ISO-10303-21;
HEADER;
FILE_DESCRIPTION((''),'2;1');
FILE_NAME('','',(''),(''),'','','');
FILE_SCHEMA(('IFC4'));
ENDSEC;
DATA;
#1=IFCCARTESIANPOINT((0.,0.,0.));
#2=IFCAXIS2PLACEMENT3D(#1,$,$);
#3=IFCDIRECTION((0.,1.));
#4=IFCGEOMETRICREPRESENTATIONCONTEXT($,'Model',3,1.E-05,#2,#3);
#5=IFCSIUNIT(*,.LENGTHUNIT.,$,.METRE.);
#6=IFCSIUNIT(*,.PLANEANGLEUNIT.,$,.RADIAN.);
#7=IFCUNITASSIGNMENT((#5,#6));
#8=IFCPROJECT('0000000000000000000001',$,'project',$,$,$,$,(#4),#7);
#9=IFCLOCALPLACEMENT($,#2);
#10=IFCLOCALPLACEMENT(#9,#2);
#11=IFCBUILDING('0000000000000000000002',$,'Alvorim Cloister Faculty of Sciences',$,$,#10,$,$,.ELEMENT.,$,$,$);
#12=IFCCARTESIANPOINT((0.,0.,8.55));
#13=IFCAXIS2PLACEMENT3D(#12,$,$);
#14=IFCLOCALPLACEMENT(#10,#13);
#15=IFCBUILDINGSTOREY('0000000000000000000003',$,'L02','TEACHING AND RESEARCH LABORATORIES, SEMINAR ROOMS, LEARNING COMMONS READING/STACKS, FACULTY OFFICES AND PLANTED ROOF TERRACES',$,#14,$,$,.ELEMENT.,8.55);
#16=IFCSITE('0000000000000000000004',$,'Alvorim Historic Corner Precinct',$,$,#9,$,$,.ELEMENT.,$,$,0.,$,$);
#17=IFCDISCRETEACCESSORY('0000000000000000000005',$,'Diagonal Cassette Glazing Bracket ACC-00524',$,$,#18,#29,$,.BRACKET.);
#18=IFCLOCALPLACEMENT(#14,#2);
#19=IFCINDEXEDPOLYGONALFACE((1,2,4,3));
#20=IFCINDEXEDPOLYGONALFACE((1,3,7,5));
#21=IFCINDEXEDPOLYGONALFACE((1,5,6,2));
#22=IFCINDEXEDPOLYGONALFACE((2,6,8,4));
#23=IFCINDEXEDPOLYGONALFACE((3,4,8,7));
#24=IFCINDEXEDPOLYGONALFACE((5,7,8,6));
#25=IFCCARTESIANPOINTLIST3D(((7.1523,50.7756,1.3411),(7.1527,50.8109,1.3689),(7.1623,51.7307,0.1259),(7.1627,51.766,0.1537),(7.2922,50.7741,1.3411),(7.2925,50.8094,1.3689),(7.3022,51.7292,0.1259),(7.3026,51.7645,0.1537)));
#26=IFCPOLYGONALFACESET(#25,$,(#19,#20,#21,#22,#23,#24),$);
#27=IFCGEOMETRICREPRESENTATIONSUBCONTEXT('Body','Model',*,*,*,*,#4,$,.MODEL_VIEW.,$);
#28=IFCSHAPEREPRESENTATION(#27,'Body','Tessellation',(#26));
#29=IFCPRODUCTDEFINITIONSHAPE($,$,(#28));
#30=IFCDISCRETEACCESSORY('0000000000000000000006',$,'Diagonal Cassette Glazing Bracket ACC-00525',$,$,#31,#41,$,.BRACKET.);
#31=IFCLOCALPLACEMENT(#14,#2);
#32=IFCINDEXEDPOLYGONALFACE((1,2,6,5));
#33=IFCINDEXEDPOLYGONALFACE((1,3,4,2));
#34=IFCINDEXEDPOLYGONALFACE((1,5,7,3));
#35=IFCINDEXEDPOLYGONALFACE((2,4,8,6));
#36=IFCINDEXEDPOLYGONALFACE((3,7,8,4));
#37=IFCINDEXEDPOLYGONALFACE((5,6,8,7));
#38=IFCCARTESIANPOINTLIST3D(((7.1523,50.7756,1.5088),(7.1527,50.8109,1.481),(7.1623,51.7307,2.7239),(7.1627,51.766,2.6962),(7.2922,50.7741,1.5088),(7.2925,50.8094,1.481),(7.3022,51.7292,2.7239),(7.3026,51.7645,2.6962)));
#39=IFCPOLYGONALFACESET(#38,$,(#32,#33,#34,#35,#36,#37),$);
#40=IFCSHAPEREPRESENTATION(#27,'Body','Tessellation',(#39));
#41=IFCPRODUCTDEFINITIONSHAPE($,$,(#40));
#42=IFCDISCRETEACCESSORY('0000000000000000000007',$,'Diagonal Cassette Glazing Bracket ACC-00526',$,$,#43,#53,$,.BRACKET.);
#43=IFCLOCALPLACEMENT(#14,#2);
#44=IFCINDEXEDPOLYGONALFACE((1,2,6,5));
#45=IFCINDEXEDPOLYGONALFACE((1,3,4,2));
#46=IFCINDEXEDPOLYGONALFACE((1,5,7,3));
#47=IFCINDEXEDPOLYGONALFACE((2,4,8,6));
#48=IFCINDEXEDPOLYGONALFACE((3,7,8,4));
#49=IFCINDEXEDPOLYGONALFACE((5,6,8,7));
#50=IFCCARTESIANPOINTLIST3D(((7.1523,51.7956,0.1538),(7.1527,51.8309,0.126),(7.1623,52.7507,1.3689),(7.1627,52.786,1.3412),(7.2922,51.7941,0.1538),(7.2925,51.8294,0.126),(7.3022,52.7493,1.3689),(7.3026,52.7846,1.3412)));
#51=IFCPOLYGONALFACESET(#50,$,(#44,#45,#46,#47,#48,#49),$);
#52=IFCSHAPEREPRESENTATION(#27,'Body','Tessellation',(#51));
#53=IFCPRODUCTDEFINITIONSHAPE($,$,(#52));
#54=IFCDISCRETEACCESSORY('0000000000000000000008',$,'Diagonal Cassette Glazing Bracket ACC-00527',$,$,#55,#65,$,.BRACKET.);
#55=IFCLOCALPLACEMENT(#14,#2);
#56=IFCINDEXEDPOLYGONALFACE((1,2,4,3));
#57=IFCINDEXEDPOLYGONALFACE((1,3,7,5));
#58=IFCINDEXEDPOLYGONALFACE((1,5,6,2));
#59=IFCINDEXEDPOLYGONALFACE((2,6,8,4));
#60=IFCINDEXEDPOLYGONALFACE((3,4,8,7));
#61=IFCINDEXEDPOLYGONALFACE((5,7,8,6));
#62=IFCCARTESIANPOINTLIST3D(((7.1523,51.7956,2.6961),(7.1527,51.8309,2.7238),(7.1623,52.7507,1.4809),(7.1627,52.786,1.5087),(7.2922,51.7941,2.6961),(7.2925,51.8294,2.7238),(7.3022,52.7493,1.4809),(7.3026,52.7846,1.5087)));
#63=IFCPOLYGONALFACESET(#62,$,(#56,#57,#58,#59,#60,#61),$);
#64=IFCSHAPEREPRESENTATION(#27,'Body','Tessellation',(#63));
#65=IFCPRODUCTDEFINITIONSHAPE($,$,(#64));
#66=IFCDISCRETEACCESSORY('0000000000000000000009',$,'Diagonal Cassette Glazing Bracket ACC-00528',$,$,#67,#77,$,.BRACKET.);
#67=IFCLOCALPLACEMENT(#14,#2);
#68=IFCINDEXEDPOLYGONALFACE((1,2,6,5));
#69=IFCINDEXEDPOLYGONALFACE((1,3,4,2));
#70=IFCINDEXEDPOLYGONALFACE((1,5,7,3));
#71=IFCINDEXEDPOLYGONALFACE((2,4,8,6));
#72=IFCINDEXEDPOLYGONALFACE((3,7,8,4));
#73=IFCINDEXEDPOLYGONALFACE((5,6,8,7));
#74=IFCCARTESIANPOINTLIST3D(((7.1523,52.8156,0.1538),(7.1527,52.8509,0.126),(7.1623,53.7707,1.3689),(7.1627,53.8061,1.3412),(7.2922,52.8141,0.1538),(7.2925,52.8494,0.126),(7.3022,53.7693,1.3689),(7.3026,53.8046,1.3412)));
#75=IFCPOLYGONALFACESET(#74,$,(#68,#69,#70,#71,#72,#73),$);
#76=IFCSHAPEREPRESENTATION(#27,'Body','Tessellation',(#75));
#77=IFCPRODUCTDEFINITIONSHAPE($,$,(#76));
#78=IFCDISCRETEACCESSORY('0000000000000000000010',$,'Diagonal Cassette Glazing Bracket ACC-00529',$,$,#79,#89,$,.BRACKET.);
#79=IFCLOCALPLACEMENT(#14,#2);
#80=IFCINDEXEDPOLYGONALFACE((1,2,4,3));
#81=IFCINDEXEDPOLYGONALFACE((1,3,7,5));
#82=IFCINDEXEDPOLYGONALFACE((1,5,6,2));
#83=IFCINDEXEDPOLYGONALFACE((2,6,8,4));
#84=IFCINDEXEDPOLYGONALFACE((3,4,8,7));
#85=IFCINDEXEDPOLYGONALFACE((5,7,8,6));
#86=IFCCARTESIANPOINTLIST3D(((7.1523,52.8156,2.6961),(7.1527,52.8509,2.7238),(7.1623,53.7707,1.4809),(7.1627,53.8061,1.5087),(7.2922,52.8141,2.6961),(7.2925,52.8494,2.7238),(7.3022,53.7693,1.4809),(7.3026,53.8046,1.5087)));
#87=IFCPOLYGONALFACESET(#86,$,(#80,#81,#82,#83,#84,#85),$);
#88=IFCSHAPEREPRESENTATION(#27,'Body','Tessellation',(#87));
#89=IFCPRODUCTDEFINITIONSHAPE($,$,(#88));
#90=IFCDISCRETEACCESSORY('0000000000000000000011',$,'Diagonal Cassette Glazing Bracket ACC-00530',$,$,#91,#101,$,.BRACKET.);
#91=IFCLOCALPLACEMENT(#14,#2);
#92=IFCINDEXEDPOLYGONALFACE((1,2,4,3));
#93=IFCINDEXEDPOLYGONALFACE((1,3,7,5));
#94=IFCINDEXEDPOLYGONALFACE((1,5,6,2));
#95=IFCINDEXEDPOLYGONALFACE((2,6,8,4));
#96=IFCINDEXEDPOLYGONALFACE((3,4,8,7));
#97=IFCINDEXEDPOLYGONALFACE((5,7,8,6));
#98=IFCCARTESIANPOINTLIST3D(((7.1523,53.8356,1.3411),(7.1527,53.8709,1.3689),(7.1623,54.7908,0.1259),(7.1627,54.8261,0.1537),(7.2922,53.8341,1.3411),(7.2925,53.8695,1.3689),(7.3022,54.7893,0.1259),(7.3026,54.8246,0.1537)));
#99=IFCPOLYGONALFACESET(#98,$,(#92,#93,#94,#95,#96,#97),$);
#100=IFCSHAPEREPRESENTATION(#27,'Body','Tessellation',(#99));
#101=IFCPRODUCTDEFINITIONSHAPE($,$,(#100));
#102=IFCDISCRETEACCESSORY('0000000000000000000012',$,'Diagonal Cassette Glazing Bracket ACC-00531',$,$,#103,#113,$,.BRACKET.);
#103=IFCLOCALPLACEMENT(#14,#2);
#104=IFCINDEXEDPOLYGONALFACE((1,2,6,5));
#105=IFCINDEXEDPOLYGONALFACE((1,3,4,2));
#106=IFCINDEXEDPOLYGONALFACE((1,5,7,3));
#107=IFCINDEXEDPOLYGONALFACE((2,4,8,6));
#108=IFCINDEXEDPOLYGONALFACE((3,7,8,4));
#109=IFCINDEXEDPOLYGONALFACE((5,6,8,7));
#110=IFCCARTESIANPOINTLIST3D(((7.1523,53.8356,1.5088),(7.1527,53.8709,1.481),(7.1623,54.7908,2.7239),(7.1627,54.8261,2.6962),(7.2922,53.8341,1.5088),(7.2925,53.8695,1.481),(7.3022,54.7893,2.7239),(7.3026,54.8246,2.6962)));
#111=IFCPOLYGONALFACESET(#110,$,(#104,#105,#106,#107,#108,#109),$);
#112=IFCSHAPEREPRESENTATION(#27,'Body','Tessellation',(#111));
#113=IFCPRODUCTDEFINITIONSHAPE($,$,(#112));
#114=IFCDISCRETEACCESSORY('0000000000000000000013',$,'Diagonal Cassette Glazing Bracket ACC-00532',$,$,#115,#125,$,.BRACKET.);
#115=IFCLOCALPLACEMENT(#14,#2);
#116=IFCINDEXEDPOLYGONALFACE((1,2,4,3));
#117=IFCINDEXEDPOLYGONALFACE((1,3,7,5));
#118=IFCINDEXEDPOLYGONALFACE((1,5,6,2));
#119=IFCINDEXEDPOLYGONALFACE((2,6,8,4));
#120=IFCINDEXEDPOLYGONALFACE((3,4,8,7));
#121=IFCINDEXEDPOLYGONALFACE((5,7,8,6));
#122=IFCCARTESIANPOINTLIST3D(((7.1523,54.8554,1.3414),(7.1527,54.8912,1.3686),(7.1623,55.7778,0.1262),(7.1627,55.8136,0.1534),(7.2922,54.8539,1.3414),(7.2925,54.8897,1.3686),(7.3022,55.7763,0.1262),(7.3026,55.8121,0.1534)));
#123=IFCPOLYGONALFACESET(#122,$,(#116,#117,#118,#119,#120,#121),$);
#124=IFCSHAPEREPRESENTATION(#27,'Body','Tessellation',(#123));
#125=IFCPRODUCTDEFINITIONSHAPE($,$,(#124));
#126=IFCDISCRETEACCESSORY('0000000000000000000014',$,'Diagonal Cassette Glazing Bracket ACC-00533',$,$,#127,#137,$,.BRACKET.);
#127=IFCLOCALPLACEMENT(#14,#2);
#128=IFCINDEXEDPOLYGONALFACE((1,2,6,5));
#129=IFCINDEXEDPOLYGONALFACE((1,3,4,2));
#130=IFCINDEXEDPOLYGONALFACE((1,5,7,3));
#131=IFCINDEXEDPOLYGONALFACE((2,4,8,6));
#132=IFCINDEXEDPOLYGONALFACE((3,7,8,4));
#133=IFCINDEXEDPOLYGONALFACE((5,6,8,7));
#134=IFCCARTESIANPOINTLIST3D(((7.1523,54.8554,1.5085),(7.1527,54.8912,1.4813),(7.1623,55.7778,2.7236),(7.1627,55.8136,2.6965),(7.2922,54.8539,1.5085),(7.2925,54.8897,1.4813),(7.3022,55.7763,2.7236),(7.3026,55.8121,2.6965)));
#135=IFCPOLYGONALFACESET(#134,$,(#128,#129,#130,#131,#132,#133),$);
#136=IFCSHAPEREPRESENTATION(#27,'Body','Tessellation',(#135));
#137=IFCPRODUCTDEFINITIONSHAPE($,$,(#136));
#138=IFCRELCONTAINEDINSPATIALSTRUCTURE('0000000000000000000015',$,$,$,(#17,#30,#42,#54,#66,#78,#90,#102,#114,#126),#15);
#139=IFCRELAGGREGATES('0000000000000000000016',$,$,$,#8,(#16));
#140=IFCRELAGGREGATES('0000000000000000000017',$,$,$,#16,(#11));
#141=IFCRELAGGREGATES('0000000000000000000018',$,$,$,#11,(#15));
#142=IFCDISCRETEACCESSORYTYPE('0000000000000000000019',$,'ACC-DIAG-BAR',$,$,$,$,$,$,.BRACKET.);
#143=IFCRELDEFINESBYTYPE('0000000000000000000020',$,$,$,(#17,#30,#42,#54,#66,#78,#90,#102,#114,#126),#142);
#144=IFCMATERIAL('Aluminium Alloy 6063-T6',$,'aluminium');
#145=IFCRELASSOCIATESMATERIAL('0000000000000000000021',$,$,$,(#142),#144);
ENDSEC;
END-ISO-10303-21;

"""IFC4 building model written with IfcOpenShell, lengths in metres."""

from ifc_helpers import new_model, si_unit, direction, frame, origin, origin_2d, place, context, subcontext, project, spatial, rectangle, extrude, material, type_object, element, save


model = new_model("IFC4")

# Units and contexts
model_context = context("Model", 3, precision=1e-05, world=origin(), true_north=direction((0.0, 1.0)))
body_context = subcontext(model_context, "Body", "Model", "MODEL_VIEW")
ifc_project = project(units=[si_unit("LENGTHUNIT", "METRE"), si_unit("PLANEANGLEUNIT", "RADIAN")], contexts=[model_context])

# Site, building, storey
site_placement = place(None, origin())
site = spatial("IfcSite", under=ifc_project, at=site_placement, Name="Alvorim Historic Corner Precinct", CompositionType="ELEMENT", RefElevation=0.0)
building_placement = place(site_placement, origin())
building = spatial("IfcBuilding", under=site, at=building_placement, Name="Alvorim Cloister Faculty of Sciences", CompositionType="ELEMENT")
storey_placement = place(building_placement, frame((0.0, 0.0, 8.55)))
storey = spatial("IfcBuildingStorey", under=building, at=storey_placement, Name="L02", Description="TEACHING AND RESEARCH LABORATORIES, SEMINAR ROOMS, LEARNING COMMONS READING/STACKS, FACULTY OFFICES AND PLANTED ROOF TERRACES", CompositionType="ELEMENT", Elevation=8.55)

# Shared definitions
ifc_material_1 = material(Name="Aluminium Alloy 6063-T6", Category="aluminium")

# Discrete accessories
discrete_accessory_type = type_object("IfcDiscreteAccessoryType", Name="ACC-DIAG-BAR", PredefinedType="BRACKET", material=ifc_material_1)
for number, where, z_axis, x_axis, name in (
    (1, (7.2224, 50.7925, 1.355), (0.006477, 0.617955, -0.786187), (-0.999945, 0.01048, 0.0), "Diagonal Cassette Glazing Bracket ACC-00524"),
    (2, (7.2224, 50.7925, 1.4949), (0.006477, 0.617955, 0.786187), (-0.999945, 0.01048, 0.0), "Diagonal Cassette Glazing Bracket ACC-00525"),
    (3, (7.2224, 51.8125, 0.1399), (0.006477, 0.617955, 0.786187), (-0.999945, 0.01048, 0.0), "Diagonal Cassette Glazing Bracket ACC-00526"),
    (4, (7.2224, 51.8125, 2.71), (0.006477, 0.617955, -0.786187), (-0.999945, 0.01048, 0.0), "Diagonal Cassette Glazing Bracket ACC-00527"),
    (5, (7.2224, 52.8325, 0.1399), (0.006477, 0.617955, 0.786187), (-0.999945, 0.01048, 0.0), "Diagonal Cassette Glazing Bracket ACC-00528"),
    (6, (7.2224, 52.8325, 2.71), (0.006477, 0.617955, -0.786187), (-0.999945, 0.01048, 0.0), "Diagonal Cassette Glazing Bracket ACC-00529"),
    (7, (7.2224, 53.8525, 1.355), (0.006477, 0.617955, -0.786187), (-0.999945, 0.01048, 0.0), "Diagonal Cassette Glazing Bracket ACC-00530"),
    (8, (7.2224, 53.8525, 1.4949), (0.006477, 0.617955, 0.786187), (-0.999945, 0.01048, 0.0), "Diagonal Cassette Glazing Bracket ACC-00531"),
):
    element("IfcDiscreteAccessory", number, at=place(storey_placement, frame(where, z_axis=z_axis, x_axis=x_axis)), inside=storey, type_object=discrete_accessory_type, Name=name, PredefinedType="BRACKET", context=body_context, shape_type="SweptSolid", body=[
        extrude(rectangle(XDim=0.1399, YDim=0.0449, at=origin_2d()), origin(), (0.0, 0.0, 1.0), 1.5457),
    ])
for number, where, z_axis, x_axis, name in (
    (9, (7.2224, 54.8726, 1.355), (0.006561, 0.604612, -0.796493), (-0.999941, 0.010852, 0.0), "Diagonal Cassette Glazing Bracket ACC-00532"),
    (10, (7.2224, 54.8726, 1.4949), (0.006561, 0.604612, 0.796493), (-0.999941, 0.010852, 0.0), "Diagonal Cassette Glazing Bracket ACC-00533"),
):
    element("IfcDiscreteAccessory", number, at=place(storey_placement, frame(where, z_axis=z_axis, x_axis=x_axis)), inside=storey, type_object=discrete_accessory_type, Name=name, PredefinedType="BRACKET", context=body_context, shape_type="SweptSolid", body=[
        extrude(rectangle(XDim=0.1399, YDim=0.0449, at=origin_2d()), origin(), (0.0, 0.0, 1.0), 1.5256),
    ])

save(model, "model.ifc")
